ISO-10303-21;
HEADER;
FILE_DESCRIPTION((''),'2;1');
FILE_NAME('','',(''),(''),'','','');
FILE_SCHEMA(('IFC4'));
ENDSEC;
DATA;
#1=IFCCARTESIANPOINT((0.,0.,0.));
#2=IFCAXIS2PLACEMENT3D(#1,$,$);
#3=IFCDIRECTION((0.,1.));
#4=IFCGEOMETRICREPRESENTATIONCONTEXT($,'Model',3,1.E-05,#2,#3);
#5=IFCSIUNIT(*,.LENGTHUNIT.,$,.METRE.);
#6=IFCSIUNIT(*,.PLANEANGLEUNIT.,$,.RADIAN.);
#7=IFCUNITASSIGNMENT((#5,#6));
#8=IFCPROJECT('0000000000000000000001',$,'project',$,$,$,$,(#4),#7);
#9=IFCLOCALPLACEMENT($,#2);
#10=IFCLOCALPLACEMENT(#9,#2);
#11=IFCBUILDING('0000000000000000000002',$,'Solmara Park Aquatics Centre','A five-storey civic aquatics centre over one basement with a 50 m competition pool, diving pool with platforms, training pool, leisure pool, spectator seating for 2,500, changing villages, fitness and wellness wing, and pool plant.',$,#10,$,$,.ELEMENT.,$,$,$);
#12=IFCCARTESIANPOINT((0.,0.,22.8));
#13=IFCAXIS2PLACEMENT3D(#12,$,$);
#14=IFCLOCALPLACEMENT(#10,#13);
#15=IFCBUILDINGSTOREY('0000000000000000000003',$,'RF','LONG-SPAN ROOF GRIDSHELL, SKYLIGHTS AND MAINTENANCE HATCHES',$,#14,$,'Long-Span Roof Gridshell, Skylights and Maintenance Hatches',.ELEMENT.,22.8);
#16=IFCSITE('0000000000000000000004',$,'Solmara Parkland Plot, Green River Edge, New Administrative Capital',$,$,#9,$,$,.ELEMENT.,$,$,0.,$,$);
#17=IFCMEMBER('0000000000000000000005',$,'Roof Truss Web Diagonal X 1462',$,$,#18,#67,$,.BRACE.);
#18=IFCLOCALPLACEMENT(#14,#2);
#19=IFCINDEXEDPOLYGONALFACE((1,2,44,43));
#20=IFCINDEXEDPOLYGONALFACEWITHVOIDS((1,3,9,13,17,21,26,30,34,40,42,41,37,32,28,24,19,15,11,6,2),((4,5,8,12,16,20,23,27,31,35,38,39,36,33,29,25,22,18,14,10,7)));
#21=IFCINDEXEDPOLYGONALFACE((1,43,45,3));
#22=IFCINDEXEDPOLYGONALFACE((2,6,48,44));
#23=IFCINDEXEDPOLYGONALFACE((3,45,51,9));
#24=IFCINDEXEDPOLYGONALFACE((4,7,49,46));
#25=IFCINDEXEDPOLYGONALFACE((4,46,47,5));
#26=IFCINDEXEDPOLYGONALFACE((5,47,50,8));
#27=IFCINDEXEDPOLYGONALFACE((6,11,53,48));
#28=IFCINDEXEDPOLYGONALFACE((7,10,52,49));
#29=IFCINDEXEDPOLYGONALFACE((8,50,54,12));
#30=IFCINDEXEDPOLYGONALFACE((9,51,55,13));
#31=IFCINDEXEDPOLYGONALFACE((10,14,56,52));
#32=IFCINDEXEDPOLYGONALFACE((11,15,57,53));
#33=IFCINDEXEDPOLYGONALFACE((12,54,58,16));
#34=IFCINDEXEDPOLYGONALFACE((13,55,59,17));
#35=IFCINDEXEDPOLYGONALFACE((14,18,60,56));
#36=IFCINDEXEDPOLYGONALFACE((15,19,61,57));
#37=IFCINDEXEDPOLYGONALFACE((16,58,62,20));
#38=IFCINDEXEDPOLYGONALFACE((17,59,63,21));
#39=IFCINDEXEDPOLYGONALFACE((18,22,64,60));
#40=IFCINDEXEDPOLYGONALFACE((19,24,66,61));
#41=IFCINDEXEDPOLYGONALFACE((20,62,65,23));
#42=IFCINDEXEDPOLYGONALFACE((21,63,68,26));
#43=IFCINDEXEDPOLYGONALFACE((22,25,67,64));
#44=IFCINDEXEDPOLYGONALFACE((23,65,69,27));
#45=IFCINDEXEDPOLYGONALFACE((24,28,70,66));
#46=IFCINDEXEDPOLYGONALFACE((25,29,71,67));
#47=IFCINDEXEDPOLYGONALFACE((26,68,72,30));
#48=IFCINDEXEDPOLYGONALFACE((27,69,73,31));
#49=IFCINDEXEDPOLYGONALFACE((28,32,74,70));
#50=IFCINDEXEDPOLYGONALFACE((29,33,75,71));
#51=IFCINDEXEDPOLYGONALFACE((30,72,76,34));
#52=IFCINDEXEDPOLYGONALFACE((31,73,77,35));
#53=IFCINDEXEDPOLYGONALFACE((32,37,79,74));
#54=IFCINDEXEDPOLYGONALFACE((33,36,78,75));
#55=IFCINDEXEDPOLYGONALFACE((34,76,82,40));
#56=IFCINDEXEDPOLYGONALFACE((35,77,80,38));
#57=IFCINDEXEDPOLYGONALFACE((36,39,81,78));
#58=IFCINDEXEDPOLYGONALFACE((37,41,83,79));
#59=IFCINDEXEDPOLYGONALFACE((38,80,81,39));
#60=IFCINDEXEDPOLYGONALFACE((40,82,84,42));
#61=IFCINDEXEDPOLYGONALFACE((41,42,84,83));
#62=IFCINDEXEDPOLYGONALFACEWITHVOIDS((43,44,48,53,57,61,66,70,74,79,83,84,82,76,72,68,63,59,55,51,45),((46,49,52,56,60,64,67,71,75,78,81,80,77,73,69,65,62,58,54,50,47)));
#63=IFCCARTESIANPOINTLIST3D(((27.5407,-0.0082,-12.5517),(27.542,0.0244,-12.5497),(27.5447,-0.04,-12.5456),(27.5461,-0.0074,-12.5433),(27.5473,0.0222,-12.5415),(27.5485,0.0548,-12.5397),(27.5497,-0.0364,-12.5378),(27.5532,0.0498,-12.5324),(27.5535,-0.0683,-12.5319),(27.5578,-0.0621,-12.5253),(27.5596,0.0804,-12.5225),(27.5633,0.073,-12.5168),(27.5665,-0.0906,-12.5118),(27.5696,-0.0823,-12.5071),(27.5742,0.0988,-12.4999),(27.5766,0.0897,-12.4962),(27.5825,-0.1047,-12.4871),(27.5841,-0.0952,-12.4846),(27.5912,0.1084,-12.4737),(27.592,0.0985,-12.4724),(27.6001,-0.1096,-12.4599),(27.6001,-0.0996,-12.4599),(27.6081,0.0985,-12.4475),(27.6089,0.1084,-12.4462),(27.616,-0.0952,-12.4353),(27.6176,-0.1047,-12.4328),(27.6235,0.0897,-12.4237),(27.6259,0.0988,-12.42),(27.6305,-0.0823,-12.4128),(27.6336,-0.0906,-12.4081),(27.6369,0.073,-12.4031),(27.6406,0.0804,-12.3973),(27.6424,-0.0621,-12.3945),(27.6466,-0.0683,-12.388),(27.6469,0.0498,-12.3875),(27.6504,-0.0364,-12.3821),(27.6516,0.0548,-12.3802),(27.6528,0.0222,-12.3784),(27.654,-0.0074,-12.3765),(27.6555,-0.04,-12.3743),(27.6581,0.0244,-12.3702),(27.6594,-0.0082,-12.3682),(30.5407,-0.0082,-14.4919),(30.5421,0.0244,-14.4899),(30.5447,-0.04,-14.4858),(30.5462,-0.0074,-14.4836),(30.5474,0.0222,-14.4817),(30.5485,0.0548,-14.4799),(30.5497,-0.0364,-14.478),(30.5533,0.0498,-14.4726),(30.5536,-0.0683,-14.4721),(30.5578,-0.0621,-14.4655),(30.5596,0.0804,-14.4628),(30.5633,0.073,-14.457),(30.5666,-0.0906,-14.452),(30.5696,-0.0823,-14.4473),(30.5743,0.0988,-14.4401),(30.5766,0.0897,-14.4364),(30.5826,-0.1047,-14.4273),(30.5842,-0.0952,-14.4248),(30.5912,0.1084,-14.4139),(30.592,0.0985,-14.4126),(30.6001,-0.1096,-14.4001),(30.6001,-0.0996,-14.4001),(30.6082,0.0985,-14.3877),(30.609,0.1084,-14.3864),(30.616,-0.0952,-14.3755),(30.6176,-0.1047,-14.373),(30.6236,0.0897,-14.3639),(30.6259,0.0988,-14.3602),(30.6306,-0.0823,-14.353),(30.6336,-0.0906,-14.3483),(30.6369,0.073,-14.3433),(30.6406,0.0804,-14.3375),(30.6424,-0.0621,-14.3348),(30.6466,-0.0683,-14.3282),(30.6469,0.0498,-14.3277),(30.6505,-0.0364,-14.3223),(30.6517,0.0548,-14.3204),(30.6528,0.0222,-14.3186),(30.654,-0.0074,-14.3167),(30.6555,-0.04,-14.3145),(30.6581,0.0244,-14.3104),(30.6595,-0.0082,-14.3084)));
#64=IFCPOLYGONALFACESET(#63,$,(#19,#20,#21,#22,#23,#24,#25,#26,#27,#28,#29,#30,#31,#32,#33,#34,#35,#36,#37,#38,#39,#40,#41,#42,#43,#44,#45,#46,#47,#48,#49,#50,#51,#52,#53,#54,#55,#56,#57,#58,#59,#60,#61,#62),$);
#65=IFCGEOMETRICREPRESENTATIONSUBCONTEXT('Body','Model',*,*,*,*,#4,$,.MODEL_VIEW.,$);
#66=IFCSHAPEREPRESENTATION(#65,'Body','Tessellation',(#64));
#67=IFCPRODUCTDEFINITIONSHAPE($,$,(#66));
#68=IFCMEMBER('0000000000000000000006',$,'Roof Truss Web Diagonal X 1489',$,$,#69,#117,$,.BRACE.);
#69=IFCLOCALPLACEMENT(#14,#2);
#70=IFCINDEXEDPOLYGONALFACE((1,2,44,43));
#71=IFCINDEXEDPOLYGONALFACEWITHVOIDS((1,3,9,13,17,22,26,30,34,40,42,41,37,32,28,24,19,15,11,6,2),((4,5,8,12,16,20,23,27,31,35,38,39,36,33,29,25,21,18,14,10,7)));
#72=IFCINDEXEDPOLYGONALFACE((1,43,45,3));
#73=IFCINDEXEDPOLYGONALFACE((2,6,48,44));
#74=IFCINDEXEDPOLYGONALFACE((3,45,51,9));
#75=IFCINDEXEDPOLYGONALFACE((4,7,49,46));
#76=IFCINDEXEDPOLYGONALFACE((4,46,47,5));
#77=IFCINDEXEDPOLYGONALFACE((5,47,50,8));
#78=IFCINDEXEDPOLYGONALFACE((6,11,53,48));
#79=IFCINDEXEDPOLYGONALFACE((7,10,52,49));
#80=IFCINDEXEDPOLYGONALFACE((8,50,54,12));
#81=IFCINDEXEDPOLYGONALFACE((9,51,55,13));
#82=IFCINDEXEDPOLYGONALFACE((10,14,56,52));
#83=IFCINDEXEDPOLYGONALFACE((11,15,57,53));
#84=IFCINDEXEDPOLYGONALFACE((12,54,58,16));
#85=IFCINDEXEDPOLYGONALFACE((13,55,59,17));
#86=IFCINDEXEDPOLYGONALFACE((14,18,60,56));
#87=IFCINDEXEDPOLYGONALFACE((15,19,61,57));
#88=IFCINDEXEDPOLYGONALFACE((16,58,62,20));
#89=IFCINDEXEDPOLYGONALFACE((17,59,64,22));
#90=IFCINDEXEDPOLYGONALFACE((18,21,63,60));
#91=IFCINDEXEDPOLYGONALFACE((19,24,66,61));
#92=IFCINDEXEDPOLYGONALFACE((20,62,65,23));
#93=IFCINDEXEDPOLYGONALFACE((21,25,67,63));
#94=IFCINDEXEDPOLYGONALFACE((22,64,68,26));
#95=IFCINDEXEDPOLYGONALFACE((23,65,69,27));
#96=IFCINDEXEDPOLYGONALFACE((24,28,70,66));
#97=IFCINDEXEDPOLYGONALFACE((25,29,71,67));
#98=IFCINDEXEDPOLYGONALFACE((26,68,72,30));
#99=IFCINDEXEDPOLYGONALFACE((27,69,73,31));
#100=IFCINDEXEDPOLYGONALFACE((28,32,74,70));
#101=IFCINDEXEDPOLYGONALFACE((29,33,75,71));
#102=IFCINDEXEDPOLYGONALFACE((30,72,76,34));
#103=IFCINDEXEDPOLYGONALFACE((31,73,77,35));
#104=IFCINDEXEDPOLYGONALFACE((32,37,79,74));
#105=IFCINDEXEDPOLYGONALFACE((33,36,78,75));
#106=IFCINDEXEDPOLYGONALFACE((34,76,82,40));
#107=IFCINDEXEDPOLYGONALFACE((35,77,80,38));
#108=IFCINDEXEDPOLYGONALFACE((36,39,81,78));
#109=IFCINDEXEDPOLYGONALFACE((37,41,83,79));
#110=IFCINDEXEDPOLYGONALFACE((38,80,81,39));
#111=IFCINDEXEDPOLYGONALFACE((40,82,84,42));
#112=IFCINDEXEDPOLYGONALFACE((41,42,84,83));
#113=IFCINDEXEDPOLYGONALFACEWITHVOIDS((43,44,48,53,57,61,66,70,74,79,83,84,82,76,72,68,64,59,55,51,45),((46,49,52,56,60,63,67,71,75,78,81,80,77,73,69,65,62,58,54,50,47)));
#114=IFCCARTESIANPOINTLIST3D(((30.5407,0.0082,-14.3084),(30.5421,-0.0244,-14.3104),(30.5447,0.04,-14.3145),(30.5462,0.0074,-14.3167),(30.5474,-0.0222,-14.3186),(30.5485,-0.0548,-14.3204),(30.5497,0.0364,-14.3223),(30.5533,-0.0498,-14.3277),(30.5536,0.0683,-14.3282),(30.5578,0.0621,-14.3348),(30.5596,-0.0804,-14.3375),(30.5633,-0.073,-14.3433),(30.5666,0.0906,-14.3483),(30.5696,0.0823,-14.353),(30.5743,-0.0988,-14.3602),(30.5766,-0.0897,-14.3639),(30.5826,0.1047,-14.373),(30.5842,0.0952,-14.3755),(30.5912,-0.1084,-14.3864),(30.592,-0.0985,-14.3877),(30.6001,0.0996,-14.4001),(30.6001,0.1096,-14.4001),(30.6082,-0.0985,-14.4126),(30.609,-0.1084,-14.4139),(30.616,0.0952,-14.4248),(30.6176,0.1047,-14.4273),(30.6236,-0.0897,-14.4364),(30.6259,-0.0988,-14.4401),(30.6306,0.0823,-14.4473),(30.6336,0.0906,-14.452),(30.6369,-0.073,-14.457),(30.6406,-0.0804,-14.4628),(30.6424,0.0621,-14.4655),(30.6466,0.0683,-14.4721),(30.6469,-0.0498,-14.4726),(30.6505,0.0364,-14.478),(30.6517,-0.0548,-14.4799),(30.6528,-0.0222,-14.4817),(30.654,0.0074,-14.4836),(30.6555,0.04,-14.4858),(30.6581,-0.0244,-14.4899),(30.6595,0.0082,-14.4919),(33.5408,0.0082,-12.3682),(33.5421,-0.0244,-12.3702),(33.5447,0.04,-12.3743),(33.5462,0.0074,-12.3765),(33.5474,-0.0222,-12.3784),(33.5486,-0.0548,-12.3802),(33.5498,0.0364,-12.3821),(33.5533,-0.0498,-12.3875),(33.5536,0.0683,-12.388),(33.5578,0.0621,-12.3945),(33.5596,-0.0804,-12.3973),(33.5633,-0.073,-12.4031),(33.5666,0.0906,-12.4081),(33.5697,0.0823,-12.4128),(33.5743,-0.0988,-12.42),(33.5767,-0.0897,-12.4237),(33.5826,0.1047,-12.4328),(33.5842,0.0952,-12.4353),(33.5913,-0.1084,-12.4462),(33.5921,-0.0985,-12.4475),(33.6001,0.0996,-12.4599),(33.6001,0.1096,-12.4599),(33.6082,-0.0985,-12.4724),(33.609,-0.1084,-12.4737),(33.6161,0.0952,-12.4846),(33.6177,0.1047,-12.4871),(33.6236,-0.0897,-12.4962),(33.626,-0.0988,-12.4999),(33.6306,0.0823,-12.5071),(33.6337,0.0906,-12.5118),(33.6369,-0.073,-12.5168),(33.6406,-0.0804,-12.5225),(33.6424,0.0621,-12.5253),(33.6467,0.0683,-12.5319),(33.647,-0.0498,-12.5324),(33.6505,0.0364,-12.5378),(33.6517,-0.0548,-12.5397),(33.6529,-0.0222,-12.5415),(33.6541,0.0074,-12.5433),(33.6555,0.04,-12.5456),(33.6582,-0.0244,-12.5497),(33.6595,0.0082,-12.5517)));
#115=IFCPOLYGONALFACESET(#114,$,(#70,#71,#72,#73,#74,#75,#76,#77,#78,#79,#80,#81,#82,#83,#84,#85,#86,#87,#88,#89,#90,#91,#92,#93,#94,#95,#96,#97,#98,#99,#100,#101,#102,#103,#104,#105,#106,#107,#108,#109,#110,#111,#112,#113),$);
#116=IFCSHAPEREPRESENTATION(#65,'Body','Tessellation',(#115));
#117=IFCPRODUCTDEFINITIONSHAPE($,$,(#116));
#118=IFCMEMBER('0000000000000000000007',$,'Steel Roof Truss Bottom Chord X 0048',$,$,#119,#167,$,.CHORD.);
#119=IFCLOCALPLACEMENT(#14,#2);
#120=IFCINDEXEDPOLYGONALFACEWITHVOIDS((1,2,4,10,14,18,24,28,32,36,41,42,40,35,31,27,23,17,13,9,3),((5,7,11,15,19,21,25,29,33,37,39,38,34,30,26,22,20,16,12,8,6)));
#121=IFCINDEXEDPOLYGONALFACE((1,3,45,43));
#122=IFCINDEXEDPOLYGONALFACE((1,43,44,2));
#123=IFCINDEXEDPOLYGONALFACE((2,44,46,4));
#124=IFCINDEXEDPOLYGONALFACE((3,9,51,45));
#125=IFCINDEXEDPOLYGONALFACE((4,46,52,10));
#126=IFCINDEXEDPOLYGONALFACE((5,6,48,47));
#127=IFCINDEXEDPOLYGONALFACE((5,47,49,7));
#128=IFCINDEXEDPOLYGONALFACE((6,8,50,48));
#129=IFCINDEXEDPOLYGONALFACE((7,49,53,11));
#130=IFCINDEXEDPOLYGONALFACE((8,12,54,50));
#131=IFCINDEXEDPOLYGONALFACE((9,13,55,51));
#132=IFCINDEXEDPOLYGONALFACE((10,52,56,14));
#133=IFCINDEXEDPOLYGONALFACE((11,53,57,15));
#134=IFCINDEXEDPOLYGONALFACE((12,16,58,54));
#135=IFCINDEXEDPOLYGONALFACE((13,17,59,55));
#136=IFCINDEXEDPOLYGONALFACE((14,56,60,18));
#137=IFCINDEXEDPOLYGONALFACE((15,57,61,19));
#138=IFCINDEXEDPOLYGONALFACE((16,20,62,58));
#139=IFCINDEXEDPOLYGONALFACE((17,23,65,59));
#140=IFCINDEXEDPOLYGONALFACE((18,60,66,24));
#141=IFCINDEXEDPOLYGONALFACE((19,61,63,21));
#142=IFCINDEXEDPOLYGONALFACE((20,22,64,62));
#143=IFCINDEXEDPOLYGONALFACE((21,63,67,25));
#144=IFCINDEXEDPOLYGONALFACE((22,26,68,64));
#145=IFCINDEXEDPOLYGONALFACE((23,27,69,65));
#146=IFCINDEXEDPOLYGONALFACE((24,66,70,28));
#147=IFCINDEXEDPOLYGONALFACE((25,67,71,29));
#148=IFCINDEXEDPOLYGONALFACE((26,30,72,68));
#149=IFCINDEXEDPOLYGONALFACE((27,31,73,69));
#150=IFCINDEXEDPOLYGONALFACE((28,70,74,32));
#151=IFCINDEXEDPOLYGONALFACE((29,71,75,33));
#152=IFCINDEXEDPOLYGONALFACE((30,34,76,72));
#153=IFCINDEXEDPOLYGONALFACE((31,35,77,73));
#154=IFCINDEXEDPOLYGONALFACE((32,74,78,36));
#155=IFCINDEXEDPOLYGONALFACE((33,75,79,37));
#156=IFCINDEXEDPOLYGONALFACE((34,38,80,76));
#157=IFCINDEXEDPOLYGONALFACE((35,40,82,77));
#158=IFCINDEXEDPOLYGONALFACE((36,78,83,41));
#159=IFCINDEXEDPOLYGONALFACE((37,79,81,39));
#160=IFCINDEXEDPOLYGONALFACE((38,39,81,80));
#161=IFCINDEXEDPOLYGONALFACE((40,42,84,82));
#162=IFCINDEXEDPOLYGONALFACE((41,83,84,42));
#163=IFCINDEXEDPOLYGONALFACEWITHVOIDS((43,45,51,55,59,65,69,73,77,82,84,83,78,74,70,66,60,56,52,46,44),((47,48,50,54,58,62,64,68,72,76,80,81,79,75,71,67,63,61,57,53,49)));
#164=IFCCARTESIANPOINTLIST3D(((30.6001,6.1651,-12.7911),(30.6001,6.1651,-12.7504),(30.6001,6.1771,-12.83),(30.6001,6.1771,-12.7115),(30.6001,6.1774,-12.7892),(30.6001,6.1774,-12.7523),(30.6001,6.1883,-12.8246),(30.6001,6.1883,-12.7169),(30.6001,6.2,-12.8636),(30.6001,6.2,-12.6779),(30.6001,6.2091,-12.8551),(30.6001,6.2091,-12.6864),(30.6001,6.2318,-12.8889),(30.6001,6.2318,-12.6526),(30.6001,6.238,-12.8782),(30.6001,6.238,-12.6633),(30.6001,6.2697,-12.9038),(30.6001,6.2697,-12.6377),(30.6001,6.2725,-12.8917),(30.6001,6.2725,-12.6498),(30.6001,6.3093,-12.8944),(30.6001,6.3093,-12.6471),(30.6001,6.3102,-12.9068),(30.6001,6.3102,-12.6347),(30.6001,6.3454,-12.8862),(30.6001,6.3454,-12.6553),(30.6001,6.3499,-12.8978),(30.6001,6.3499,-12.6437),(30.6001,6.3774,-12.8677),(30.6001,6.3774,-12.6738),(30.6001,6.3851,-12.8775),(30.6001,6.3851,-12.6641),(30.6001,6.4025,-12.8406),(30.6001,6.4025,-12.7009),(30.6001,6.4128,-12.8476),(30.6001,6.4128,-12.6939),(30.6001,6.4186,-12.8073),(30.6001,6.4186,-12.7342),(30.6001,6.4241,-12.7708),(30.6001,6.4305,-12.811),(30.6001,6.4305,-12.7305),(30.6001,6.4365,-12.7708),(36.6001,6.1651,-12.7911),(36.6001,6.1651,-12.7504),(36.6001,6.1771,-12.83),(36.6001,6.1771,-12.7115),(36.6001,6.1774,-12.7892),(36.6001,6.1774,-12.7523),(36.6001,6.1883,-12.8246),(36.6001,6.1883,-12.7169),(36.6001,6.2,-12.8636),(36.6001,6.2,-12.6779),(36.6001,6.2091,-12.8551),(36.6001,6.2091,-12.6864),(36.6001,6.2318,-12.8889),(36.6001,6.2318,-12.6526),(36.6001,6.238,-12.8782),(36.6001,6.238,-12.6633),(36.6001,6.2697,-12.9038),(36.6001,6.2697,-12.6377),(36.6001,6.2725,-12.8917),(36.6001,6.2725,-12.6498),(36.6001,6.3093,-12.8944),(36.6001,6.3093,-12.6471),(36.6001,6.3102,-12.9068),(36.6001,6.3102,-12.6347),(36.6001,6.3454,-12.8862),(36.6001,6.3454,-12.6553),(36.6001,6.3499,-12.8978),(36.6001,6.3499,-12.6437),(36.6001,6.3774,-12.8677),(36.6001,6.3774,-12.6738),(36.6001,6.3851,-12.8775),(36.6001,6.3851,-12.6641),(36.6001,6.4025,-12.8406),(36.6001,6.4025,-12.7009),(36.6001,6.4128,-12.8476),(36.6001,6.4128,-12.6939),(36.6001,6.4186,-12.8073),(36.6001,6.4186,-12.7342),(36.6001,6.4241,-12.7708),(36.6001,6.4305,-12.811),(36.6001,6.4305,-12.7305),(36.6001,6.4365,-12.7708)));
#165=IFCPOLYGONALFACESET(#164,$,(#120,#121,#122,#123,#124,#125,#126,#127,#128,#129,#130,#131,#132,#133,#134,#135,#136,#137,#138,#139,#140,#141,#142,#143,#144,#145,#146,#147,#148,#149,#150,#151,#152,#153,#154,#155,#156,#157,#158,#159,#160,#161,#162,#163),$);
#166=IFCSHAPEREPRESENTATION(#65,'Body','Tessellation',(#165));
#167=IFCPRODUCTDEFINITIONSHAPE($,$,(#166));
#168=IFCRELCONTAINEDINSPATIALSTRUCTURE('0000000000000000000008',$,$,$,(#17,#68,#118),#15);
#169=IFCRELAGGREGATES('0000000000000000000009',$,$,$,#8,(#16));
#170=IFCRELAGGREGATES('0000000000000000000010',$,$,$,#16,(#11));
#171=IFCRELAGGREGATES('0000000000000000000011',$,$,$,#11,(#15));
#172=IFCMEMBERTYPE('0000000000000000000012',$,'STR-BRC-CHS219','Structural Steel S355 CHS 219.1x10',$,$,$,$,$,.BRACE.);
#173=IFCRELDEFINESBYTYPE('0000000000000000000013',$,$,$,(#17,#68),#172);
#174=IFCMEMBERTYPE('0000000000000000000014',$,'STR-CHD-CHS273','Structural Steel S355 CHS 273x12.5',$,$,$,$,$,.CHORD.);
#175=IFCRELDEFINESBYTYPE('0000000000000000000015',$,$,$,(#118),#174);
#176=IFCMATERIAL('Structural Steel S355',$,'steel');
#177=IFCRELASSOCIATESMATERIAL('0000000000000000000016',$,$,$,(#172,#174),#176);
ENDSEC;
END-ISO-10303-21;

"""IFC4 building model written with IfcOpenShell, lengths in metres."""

from ifc_helpers import new_model, si_unit, direction, frame, origin, origin_2d, place, context, subcontext, project, spatial, hollow_circle, extrude, material, material_profile, profile_set, type_object, element, save


model = new_model("IFC4")

# Units and contexts
model_context = context("Model", 3, precision=1e-05, world=origin(), true_north=direction((0.0, 1.0)))
body_context = subcontext(model_context, "Body", "Model", "MODEL_VIEW")
ifc_project = project(units=[si_unit("LENGTHUNIT", "METRE"), si_unit("PLANEANGLEUNIT", "RADIAN")], contexts=[model_context])

# Site, building, storey
site_placement = place(None, origin())
site = spatial("IfcSite", under=ifc_project, at=site_placement, Name="Solmara Parkland Plot, Green River Edge, New Administrative Capital", CompositionType="ELEMENT", RefElevation=0.0)
building_placement = place(site_placement, origin())
building = spatial("IfcBuilding", under=site, at=building_placement, Name="Solmara Park Aquatics Centre", Description="A five-storey civic aquatics centre over one basement with a 50 m competition pool, diving pool with platforms, training pool, leisure pool, spectator seating for 2,500, changing villages, fitness and wellness wing, and pool plant.", CompositionType="ELEMENT")
storey_placement = place(building_placement, frame((0.0, 0.0, 22.8)))
storey = spatial("IfcBuildingStorey", under=building, at=storey_placement, Name="RF", Description="LONG-SPAN ROOF GRIDSHELL, SKYLIGHTS AND MAINTENANCE HATCHES", LongName="Long-Span Roof Gridshell, Skylights and Maintenance Hatches", CompositionType="ELEMENT", Elevation=22.8)

# Members
ifc_material_1 = material(Name="Structural Steel S355", Category="steel")
ifc_material_profile_1 = material_profile(ifc_material_1, hollow_circle(Radius=0.1096, WallThickness=0.01, at=origin_2d()), Name="CHS 219.1x10")
ifc_profile_set_1 = profile_set([ifc_material_profile_1], Name="Structural Steel S355")
member_type_1 = type_object("IfcMemberType", Name="STR-BRC-CHS219", Description="Structural Steel S355 CHS 219.1x10", PredefinedType="BRACE", material=ifc_profile_set_1)
for number, where, z_axis, x_axis, name in (
    (1, (30.6001, 0.0, -14.4001), (-0.839697, 0.0, 0.543056), (0.0, -1.0, 0.0), "Roof Truss Web Diagonal X 1462"),
    (2, (30.6001, 0.0, -14.4001), (0.839697, 0.0, 0.543056), (0.0, 1.0, 0.0), "Roof Truss Web Diagonal X 1489"),
):
    element("IfcMember", number, at=place(storey_placement, frame(where, z_axis=z_axis, x_axis=x_axis)), inside=storey, type_object=member_type_1, Name=name, PredefinedType="BRACE", context=body_context, shape_type="SweptSolid", body=[
        extrude(hollow_circle(Radius=0.1096, WallThickness=0.01, at=origin_2d()), origin(), (0.0, 0.0, 1.0), 3.5728),
    ])
ifc_material_profile_2 = material_profile(ifc_material_1, hollow_circle(Radius=0.1365, WallThickness=0.0125, at=origin_2d()), Name="CHS 273x12.5")
ifc_profile_set_2 = profile_set([ifc_material_profile_2], Name="Structural Steel S355")
member_type_2 = type_object("IfcMemberType", Name="STR-CHD-CHS273", Description="Structural Steel S355 CHS 273x12.5", PredefinedType="CHORD", material=ifc_profile_set_2)
member_1_placement = place(storey_placement, frame((30.6001, 6.3, -12.7708), z_axis=(1.0, 0.0, 0.0), x_axis=(0.0, 1.0, 0.0)))
element("IfcMember", 3, at=member_1_placement, inside=storey, type_object=member_type_2, Name="Steel Roof Truss Bottom Chord X 0048", PredefinedType="CHORD", context=body_context, shape_type="SweptSolid", body=[
    extrude(hollow_circle(Radius=0.1365, WallThickness=0.0125, at=origin_2d()), origin(), (0.0, 0.0, 1.0), 6.0),
])

save(model, "model.ifc")
